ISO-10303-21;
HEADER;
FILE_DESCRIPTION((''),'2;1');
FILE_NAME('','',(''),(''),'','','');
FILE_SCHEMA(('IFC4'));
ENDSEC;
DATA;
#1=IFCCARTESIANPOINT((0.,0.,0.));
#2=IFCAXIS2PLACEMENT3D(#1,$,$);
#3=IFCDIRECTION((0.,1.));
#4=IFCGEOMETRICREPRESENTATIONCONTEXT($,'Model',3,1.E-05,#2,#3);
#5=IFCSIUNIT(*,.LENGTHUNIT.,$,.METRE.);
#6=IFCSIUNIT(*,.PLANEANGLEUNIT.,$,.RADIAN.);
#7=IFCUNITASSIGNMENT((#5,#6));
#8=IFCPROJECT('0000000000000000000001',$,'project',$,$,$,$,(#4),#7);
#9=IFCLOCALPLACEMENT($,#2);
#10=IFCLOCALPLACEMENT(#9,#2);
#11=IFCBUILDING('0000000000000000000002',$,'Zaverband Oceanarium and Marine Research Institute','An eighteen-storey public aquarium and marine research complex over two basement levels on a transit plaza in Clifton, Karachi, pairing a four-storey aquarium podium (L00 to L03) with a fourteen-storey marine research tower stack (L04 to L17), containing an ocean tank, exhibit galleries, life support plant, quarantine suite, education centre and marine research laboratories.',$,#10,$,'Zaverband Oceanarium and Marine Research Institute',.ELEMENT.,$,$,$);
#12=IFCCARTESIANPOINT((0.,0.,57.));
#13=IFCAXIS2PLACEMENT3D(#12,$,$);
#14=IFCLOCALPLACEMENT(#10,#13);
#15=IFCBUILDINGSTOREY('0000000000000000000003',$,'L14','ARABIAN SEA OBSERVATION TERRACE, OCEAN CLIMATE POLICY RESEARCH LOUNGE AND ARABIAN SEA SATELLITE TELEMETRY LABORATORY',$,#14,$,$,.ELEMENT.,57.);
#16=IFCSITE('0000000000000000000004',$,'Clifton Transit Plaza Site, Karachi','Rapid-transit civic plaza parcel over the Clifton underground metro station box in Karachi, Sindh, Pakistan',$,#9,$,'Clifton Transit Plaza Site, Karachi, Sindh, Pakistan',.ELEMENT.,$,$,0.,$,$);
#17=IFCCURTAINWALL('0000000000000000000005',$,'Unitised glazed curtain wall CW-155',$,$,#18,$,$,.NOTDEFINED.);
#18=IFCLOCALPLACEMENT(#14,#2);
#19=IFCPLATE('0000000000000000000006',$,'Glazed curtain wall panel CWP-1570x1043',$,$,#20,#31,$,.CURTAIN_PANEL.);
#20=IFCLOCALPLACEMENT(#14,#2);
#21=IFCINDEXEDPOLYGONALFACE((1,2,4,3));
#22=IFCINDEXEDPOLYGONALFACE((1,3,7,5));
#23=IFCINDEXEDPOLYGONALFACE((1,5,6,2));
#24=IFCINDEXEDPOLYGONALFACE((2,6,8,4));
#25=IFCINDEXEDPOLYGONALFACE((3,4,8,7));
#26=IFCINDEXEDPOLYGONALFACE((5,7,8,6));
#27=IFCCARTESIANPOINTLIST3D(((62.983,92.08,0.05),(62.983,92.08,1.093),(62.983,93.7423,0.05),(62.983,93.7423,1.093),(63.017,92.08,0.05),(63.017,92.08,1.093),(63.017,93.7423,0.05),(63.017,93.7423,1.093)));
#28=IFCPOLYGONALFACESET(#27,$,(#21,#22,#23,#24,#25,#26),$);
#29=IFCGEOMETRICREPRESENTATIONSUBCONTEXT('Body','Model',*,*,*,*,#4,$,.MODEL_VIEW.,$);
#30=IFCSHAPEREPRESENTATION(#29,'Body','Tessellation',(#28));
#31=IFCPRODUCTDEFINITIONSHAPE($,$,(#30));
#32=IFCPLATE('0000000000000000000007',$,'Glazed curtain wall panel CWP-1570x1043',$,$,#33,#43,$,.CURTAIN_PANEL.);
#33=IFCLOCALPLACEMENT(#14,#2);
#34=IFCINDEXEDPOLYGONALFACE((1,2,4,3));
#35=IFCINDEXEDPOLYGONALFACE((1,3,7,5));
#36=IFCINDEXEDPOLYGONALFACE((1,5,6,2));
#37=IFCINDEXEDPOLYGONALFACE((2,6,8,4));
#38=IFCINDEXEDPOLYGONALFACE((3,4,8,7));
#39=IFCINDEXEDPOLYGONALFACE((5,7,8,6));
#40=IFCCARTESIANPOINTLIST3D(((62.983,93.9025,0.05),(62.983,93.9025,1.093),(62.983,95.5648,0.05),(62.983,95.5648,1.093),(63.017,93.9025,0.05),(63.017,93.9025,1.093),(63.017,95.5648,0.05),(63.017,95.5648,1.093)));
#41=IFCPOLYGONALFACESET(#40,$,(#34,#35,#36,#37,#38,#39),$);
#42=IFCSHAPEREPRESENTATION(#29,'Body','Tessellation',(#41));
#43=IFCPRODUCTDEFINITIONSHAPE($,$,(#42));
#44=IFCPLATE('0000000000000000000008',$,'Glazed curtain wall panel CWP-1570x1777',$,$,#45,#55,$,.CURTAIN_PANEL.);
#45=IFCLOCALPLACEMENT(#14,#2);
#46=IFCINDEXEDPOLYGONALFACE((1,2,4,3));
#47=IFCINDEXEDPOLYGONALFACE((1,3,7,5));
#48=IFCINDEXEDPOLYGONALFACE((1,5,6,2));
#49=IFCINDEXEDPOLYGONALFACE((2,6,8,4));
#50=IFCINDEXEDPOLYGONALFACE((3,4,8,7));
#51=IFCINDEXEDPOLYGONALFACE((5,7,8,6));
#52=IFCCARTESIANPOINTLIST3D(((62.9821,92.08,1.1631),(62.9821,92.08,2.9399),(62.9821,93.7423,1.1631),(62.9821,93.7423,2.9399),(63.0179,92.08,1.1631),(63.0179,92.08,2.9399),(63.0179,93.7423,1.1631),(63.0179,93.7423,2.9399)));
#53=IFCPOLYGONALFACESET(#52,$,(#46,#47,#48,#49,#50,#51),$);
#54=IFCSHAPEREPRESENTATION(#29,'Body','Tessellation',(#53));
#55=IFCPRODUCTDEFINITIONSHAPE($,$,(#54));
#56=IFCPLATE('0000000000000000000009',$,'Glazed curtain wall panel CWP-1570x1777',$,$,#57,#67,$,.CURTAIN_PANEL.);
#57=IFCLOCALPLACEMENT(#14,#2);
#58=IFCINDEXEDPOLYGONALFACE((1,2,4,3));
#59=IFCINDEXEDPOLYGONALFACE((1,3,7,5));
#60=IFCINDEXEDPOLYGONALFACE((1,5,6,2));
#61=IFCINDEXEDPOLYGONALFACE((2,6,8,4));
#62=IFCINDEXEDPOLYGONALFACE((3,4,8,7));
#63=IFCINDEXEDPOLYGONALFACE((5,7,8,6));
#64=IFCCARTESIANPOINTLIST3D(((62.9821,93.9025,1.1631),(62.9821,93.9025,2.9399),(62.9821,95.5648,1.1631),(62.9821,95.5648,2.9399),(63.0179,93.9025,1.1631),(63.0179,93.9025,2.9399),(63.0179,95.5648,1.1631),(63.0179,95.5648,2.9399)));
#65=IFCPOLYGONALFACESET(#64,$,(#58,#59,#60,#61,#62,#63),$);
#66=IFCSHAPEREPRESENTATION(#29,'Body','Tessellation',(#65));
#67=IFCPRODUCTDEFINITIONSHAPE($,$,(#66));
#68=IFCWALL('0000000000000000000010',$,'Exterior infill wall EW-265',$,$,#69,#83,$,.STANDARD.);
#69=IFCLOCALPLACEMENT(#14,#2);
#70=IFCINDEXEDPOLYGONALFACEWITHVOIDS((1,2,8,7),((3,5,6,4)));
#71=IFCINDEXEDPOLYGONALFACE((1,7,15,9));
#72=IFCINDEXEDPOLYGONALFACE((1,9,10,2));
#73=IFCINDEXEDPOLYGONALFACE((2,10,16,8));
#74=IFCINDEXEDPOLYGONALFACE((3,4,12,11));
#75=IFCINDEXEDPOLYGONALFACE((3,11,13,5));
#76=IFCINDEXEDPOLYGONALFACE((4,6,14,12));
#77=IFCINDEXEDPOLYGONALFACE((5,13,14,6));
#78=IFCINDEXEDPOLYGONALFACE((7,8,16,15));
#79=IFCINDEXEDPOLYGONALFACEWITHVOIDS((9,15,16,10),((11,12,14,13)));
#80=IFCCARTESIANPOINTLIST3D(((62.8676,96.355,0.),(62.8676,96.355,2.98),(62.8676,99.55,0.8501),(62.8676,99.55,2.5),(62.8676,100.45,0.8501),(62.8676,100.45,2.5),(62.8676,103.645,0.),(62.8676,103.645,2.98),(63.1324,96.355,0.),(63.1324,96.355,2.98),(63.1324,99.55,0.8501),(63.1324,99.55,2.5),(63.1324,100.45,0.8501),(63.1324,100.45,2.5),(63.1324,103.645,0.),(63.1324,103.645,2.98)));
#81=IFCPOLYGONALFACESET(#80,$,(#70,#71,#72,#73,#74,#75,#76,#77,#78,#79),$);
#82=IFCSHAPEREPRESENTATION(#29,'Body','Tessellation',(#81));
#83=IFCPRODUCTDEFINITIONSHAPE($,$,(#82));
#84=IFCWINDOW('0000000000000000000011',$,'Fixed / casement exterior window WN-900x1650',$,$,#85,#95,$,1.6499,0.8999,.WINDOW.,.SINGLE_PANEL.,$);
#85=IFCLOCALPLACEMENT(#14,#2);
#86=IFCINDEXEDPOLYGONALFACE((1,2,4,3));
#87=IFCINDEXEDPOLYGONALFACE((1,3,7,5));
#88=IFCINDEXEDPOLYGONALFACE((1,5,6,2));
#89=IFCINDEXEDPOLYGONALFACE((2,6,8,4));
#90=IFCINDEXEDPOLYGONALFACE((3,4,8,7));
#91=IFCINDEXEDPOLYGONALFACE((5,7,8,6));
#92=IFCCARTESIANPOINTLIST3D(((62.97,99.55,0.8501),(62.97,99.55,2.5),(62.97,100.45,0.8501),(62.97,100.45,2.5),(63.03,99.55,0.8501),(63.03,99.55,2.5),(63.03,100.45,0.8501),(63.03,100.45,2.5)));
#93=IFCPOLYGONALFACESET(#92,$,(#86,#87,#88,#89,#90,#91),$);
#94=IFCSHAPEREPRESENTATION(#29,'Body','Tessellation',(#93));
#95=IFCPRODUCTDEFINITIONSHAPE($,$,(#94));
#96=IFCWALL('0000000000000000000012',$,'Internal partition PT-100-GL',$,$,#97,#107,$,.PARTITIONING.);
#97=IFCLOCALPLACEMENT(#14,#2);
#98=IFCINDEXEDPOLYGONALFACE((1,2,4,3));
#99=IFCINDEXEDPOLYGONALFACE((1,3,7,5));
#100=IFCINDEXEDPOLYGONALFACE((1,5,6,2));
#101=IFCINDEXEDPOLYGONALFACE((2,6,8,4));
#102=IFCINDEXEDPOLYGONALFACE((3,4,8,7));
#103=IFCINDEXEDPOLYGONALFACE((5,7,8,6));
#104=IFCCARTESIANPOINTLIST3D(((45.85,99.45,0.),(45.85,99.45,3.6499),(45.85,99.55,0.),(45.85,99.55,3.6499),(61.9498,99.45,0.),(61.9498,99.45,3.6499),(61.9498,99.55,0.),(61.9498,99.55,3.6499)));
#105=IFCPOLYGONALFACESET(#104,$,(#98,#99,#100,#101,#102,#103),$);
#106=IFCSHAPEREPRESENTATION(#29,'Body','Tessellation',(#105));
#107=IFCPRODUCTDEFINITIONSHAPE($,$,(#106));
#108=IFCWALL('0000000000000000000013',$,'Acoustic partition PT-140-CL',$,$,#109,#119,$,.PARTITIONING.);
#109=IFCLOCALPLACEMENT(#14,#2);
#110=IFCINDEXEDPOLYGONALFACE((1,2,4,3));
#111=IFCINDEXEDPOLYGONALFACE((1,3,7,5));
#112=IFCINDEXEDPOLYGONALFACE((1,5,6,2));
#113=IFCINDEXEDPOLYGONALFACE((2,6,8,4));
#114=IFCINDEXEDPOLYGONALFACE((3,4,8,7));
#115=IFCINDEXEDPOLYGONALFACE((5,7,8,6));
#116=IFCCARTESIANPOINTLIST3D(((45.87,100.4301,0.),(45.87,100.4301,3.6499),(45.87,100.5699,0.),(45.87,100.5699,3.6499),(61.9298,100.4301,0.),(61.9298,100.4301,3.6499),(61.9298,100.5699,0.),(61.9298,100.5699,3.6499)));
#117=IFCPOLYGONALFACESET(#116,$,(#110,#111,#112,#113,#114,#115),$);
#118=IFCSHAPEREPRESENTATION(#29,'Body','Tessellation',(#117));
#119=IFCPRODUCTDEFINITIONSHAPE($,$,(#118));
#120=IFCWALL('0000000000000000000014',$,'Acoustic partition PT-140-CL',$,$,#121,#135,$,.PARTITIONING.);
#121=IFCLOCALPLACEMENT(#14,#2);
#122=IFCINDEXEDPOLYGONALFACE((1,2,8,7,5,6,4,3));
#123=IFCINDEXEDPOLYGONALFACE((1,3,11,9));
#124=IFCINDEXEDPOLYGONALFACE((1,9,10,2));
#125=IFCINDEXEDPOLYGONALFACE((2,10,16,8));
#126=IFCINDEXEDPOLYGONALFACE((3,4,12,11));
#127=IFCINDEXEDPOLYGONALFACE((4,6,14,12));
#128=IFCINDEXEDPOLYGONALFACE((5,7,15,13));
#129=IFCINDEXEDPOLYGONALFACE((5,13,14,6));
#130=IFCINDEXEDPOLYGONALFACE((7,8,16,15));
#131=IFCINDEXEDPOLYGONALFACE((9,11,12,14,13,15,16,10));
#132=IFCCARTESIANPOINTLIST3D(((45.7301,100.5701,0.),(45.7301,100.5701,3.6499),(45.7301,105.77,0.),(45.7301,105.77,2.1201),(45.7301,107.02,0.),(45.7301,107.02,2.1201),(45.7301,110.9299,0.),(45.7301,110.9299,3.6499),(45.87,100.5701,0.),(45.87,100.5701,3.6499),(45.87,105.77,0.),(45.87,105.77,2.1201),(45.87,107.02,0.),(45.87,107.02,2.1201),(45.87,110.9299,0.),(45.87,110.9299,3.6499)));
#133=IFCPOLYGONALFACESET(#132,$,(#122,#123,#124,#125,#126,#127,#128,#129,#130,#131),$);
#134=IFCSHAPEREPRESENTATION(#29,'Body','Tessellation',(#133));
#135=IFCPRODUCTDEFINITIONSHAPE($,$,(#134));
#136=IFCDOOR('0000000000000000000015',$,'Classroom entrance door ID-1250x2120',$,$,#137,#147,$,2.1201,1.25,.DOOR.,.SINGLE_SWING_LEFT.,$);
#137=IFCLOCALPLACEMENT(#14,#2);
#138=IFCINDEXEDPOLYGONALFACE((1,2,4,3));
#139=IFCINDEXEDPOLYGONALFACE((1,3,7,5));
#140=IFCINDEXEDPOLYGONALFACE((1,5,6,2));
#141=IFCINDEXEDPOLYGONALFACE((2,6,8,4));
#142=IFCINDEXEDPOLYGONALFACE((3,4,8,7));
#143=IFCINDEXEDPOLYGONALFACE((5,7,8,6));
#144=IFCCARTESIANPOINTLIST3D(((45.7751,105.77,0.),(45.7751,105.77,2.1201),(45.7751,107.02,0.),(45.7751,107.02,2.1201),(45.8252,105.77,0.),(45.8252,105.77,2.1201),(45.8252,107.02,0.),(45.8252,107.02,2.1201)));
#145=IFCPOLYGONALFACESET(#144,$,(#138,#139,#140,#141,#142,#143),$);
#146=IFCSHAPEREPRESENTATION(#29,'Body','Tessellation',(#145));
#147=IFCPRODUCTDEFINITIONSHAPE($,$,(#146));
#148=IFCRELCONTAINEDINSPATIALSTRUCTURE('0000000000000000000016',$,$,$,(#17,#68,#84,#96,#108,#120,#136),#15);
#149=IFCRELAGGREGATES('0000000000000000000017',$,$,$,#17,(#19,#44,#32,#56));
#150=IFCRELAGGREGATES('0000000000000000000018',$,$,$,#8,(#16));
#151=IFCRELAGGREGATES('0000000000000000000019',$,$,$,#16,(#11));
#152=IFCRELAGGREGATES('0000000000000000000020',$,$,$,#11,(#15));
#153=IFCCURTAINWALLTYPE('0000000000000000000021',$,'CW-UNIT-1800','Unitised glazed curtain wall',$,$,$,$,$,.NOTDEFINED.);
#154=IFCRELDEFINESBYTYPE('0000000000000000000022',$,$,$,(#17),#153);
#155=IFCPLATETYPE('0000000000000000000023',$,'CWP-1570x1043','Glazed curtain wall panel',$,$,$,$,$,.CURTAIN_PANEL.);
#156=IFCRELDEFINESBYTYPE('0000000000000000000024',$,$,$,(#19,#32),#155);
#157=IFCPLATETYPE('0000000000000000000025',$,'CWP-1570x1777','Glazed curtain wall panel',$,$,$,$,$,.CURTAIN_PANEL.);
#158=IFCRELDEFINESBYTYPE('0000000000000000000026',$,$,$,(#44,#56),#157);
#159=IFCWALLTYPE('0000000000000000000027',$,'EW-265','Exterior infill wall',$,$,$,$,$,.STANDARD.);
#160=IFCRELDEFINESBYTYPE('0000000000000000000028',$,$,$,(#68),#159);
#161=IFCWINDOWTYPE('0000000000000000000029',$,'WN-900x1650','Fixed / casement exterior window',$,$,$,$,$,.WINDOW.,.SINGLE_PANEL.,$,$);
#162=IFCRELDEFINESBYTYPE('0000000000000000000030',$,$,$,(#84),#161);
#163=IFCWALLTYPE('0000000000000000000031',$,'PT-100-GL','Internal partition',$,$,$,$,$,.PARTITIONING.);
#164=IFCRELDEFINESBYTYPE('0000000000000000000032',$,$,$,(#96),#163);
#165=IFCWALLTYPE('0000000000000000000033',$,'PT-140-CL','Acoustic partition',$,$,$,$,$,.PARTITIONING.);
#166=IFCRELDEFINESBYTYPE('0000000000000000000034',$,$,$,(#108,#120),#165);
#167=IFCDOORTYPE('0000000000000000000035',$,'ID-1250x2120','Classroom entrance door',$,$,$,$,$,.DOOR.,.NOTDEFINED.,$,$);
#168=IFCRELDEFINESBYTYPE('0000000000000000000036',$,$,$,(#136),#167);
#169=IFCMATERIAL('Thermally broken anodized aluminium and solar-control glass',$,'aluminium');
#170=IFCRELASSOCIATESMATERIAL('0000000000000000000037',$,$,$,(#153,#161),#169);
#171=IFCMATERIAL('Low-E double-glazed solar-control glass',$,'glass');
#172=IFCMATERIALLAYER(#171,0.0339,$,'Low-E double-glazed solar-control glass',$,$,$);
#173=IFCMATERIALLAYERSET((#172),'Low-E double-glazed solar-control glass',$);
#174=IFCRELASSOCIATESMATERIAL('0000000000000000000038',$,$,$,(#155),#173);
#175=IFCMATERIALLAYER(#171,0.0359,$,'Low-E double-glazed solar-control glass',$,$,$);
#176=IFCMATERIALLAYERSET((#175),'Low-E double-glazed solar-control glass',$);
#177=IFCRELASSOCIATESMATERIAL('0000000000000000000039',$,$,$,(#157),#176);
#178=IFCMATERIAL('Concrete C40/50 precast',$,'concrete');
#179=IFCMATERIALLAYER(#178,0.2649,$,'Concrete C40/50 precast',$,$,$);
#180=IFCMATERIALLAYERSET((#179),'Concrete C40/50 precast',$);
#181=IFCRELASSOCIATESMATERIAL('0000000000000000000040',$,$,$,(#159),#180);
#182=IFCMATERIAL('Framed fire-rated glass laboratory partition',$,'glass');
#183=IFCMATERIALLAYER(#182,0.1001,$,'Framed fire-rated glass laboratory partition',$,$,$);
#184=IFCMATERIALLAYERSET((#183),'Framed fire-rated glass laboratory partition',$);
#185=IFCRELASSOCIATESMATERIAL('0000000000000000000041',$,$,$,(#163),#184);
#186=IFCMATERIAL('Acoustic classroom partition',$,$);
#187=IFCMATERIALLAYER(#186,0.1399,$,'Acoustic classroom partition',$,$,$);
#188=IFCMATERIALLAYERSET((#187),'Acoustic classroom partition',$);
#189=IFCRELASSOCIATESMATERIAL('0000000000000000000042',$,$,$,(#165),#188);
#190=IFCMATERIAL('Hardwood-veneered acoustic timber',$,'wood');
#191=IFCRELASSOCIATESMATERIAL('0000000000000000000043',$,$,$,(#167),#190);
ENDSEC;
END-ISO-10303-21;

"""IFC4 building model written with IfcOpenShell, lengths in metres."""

from ifc_helpers import new_model, si_unit, direction, frame, frame_2d, origin, place, context, subcontext, project, spatial, rectangle, extrude, material, layer, layer_set, type_object, element, fill, aggregate, save


model = new_model("IFC4")

# Units and contexts
model_context = context("Model", 3, precision=1e-05, world=origin(), true_north=direction((0.0, 1.0)))
body_context = subcontext(model_context, "Body", "Model", "MODEL_VIEW")
ifc_project = project(units=[si_unit("LENGTHUNIT", "METRE"), si_unit("PLANEANGLEUNIT", "RADIAN")], contexts=[model_context])

# Site, building, storey
site_placement = place(None, origin())
site = spatial("IfcSite", under=ifc_project, at=site_placement, Name="Clifton Transit Plaza Site, Karachi", Description="Rapid-transit civic plaza parcel over the Clifton underground metro station box in Karachi, Sindh, Pakistan", LongName="Clifton Transit Plaza Site, Karachi, Sindh, Pakistan", CompositionType="ELEMENT", RefElevation=0.0)
building_placement = place(site_placement, origin())
building = spatial("IfcBuilding", under=site, at=building_placement, Name="Zaverband Oceanarium and Marine Research Institute", Description="An eighteen-storey public aquarium and marine research complex over two basement levels on a transit plaza in Clifton, Karachi, pairing a four-storey aquarium podium (L00 to L03) with a fourteen-storey marine research tower stack (L04 to L17), containing an ocean tank, exhibit galleries, life support plant, quarantine suite, education centre and marine research laboratories.", LongName="Zaverband Oceanarium and Marine Research Institute", CompositionType="ELEMENT")
storey_placement = place(building_placement, frame((0.0, 0.0, 57.0)))
storey = spatial("IfcBuildingStorey", under=building, at=storey_placement, Name="L14", Description="ARABIAN SEA OBSERVATION TERRACE, OCEAN CLIMATE POLICY RESEARCH LOUNGE AND ARABIAN SEA SATELLITE TELEMETRY LABORATORY", CompositionType="ELEMENT", Elevation=57.0)

# Curtain wall
ifc_material_1 = material(Name="Thermally broken anodized aluminium and solar-control glass", Category="aluminium")
curtain_wall_type = type_object("IfcCurtainWallType", Name="CW-UNIT-1800", Description="Unitised glazed curtain wall", PredefinedType="NOTDEFINED", material=ifc_material_1)
curtain_wall_placement = place(storey_placement, origin())
curtain_wall = element("IfcCurtainWall", 1, at=curtain_wall_placement, inside=storey, type_object=curtain_wall_type, Name="Unitised glazed curtain wall CW-155", PredefinedType="NOTDEFINED")

# Plates
ifc_material_2 = material(Name="Low-E double-glazed solar-control glass", Category="glass")
ifc_layer_1 = layer(ifc_material_2, 0.0339, Name="Low-E double-glazed solar-control glass")
ifc_layer_set_1 = layer_set([ifc_layer_1], Name="Low-E double-glazed solar-control glass")
plate_type_1 = type_object("IfcPlateType", Name="CWP-1570x1043", Description="Glazed curtain wall panel", PredefinedType="CURTAIN_PANEL", material=ifc_layer_set_1)
plate_1_placement = place(storey_placement, frame((63.0, 92.0801, 0.05), z_axis=(0.0, 0.0, 1.0), x_axis=(0.0, 1.0, 0.0)))
plate_1 = element("IfcPlate", 2, at=plate_1_placement, type_object=plate_type_1, Name="Glazed curtain wall panel CWP-1570x1043", PredefinedType="CURTAIN_PANEL", context=body_context, shape_type="SweptSolid", body=[
    extrude(rectangle(XDim=1.6624, YDim=0.0339, at=frame_2d((0.8311, 0.0))), origin(), (0.0, 0.0, 1.0), 1.043),
])
plate_2_placement = place(storey_placement, frame((63.0, 93.9026, 0.05), z_axis=(0.0, 0.0, 1.0), x_axis=(0.0, 1.0, 0.0)))
plate_2 = element("IfcPlate", 3, at=plate_2_placement, type_object=plate_type_1, Name="Glazed curtain wall panel CWP-1570x1043", PredefinedType="CURTAIN_PANEL", context=body_context, shape_type="SweptSolid", body=[
    extrude(rectangle(XDim=1.6624, YDim=0.0339, at=frame_2d((0.8311, 0.0))), origin(), (0.0, 0.0, 1.0), 1.043),
])
ifc_layer_2 = layer(ifc_material_2, 0.0359, Name="Low-E double-glazed solar-control glass")
ifc_layer_set_2 = layer_set([ifc_layer_2], Name="Low-E double-glazed solar-control glass")
plate_type_2 = type_object("IfcPlateType", Name="CWP-1570x1777", Description="Glazed curtain wall panel", PredefinedType="CURTAIN_PANEL", material=ifc_layer_set_2)
plate_3_placement = place(storey_placement, frame((63.0, 92.0801, 1.1631), z_axis=(0.0, 0.0, 1.0), x_axis=(0.0, 1.0, 0.0)))
plate_3 = element("IfcPlate", 4, at=plate_3_placement, type_object=plate_type_2, Name="Glazed curtain wall panel CWP-1570x1777", PredefinedType="CURTAIN_PANEL", context=body_context, shape_type="SweptSolid", body=[
    extrude(rectangle(XDim=1.6624, YDim=0.0359, at=frame_2d((0.8311, 0.0))), origin(), (0.0, 0.0, 1.0), 1.7769),
])
plate_4_placement = place(storey_placement, frame((63.0, 93.9026, 1.1631), z_axis=(0.0, 0.0, 1.0), x_axis=(0.0, 1.0, 0.0)))
plate_4 = element("IfcPlate", 5, at=plate_4_placement, type_object=plate_type_2, Name="Glazed curtain wall panel CWP-1570x1777", PredefinedType="CURTAIN_PANEL", context=body_context, shape_type="SweptSolid", body=[
    extrude(rectangle(XDim=1.6624, YDim=0.0359, at=frame_2d((0.8311, 0.0))), origin(), (0.0, 0.0, 1.0), 1.7769),
])
aggregate(curtain_wall, [plate_1, plate_3, plate_2, plate_4])

# Wall, opening, window
ifc_material_3 = material(Name="Concrete C40/50 precast", Category="concrete")
ifc_layer_3 = layer(ifc_material_3, 0.2649, Name="Concrete C40/50 precast")
ifc_layer_set_3 = layer_set([ifc_layer_3], Name="Concrete C40/50 precast")
wall_type_1 = type_object("IfcWallType", Name="EW-265", Description="Exterior infill wall", PredefinedType="STANDARD", material=ifc_layer_set_3)
wall_1_placement = place(storey_placement, frame((63.0, 96.355, 0.0), z_axis=(0.0, 0.0, 1.0), x_axis=(0.0, 1.0, 0.0)))
wall_1 = element("IfcWall", 6, at=wall_1_placement, inside=storey, type_object=wall_type_1, Name="Exterior infill wall EW-265", PredefinedType="STANDARD", context=body_context, shape_type="SweptSolid", body=[
    extrude(rectangle(XDim=7.29, YDim=0.2649, at=frame_2d((3.645, 0.0))), origin(), (0.0, 0.0, 1.0), 2.98),
])
opening_1_placement = place(wall_1_placement, frame((3.1951, 0.0, 0.8501)))
opening_1 = element("IfcOpeningElement", 7, at=opening_1_placement, cuts=wall_1, PredefinedType="OPENING", context=body_context, shape_type="SweptSolid", body=[
    extrude(rectangle(XDim=0.8999, YDim=1.6499, at=frame_2d((0.45, 0.825))), frame((0.0, 0.1445, 0.0), z_axis=(0.0, -1.0, 0.0), x_axis=(1.0, 0.0, 0.0)), (0.0, 0.0, 1.0), 0.2888),
])
window_type = type_object("IfcWindowType", Name="WN-900x1650", Description="Fixed / casement exterior window", PartitioningType="SINGLE_PANEL", PredefinedType="WINDOW", material=ifc_material_1)
window_placement = place(opening_1_placement, origin())
window = element("IfcWindow", 8, at=window_placement, inside=storey, type_object=window_type, Name="Fixed / casement exterior window WN-900x1650", OverallHeight=1.6499, OverallWidth=0.8999, PartitioningType="SINGLE_PANEL", PredefinedType="WINDOW", context=body_context, shape_type="SweptSolid", body=[
    extrude(rectangle(XDim=0.8999, YDim=1.6499, at=frame_2d((0.45, 0.825))), frame((0.0, 0.03, 0.0), z_axis=(0.0, -1.0, 0.0), x_axis=(1.0, 0.0, 0.0)), (0.0, 0.0, 1.0), 0.0601),
])
fill(opening_1, window)

# Walls
ifc_material_4 = material(Name="Framed fire-rated glass laboratory partition", Category="glass")
ifc_layer_4 = layer(ifc_material_4, 0.1001, Name="Framed fire-rated glass laboratory partition")
ifc_layer_set_4 = layer_set([ifc_layer_4], Name="Framed fire-rated glass laboratory partition")
wall_type_2 = type_object("IfcWallType", Name="PT-100-GL", Description="Internal partition", PredefinedType="PARTITIONING", material=ifc_layer_set_4)
wall_2_placement = place(storey_placement, frame((45.8501, 99.5, 0.0), z_axis=(0.0, 0.0, 1.0), x_axis=(1.0, 0.0, 0.0)))
element("IfcWall", 9, at=wall_2_placement, inside=storey, type_object=wall_type_2, Name="Internal partition PT-100-GL", PredefinedType="PARTITIONING", context=body_context, shape_type="SweptSolid", body=[
    extrude(rectangle(XDim=16.0999, YDim=0.1001, at=frame_2d((8.0498, 0.0))), origin(), (0.0, 0.0, 1.0), 3.6499),
])
ifc_material_5 = material(Name="Acoustic classroom partition")
ifc_layer_5 = layer(ifc_material_5, 0.1399, Name="Acoustic classroom partition")
ifc_layer_set_5 = layer_set([ifc_layer_5], Name="Acoustic classroom partition")
wall_type_3 = type_object("IfcWallType", Name="PT-140-CL", Description="Acoustic partition", PredefinedType="PARTITIONING", material=ifc_layer_set_5)
wall_3_placement = place(storey_placement, frame((45.8701, 100.5, 0.0), z_axis=(0.0, 0.0, 1.0), x_axis=(1.0, 0.0, 0.0)))
element("IfcWall", 10, at=wall_3_placement, inside=storey, type_object=wall_type_3, Name="Acoustic partition PT-140-CL", PredefinedType="PARTITIONING", context=body_context, shape_type="SweptSolid", body=[
    extrude(rectangle(XDim=16.0598, YDim=0.1399, at=frame_2d((8.0298, 0.0))), origin(), (0.0, 0.0, 1.0), 3.6499),
])

# Wall, opening, door
wall_4_placement = place(storey_placement, frame((45.8, 100.5701, 0.0), z_axis=(0.0, 0.0, 1.0), x_axis=(0.0, 1.0, 0.0)))
wall_4 = element("IfcWall", 11, at=wall_4_placement, inside=storey, type_object=wall_type_3, Name="Acoustic partition PT-140-CL", PredefinedType="PARTITIONING", context=body_context, shape_type="SweptSolid", body=[
    extrude(rectangle(XDim=10.3599, YDim=0.1399, at=frame_2d((5.1799, 0.0))), origin(), (0.0, 0.0, 1.0), 3.6499),
])
opening_2_placement = place(wall_4_placement, frame((5.2, 0.0, 0.0)))
opening_2 = element("IfcOpeningElement", 12, at=opening_2_placement, cuts=wall_4, PredefinedType="OPENING", context=body_context, shape_type="SweptSolid", body=[
    extrude(rectangle(XDim=1.25, YDim=2.1201, at=frame_2d((0.625, 1.0601))), frame((0.0, 0.082, 0.0), z_axis=(0.0, -1.0, 0.0), x_axis=(1.0, 0.0, 0.0)), (0.0, 0.0, 1.0), 0.1638),
])
ifc_material_6 = material(Name="Hardwood-veneered acoustic timber", Category="wood")
door_type = type_object("IfcDoorType", Name="ID-1250x2120", Description="Classroom entrance door", OperationType="NOTDEFINED", PredefinedType="DOOR", material=ifc_material_6)
door_placement = place(opening_2_placement, origin())
door = element("IfcDoor", 13, at=door_placement, inside=storey, type_object=door_type, Name="Classroom entrance door ID-1250x2120", OperationType="SINGLE_SWING_LEFT", OverallHeight=2.1201, OverallWidth=1.25, PredefinedType="DOOR", context=body_context, shape_type="SweptSolid", body=[
    extrude(rectangle(XDim=1.25, YDim=2.1201, at=frame_2d((0.625, 1.0601))), frame((0.0, 0.0249, 0.0), z_axis=(0.0, -1.0, 0.0), x_axis=(1.0, 0.0, 0.0)), (0.0, 0.0, 1.0), 0.05),
])
fill(opening_2, door)

save(model, "model.ifc")
